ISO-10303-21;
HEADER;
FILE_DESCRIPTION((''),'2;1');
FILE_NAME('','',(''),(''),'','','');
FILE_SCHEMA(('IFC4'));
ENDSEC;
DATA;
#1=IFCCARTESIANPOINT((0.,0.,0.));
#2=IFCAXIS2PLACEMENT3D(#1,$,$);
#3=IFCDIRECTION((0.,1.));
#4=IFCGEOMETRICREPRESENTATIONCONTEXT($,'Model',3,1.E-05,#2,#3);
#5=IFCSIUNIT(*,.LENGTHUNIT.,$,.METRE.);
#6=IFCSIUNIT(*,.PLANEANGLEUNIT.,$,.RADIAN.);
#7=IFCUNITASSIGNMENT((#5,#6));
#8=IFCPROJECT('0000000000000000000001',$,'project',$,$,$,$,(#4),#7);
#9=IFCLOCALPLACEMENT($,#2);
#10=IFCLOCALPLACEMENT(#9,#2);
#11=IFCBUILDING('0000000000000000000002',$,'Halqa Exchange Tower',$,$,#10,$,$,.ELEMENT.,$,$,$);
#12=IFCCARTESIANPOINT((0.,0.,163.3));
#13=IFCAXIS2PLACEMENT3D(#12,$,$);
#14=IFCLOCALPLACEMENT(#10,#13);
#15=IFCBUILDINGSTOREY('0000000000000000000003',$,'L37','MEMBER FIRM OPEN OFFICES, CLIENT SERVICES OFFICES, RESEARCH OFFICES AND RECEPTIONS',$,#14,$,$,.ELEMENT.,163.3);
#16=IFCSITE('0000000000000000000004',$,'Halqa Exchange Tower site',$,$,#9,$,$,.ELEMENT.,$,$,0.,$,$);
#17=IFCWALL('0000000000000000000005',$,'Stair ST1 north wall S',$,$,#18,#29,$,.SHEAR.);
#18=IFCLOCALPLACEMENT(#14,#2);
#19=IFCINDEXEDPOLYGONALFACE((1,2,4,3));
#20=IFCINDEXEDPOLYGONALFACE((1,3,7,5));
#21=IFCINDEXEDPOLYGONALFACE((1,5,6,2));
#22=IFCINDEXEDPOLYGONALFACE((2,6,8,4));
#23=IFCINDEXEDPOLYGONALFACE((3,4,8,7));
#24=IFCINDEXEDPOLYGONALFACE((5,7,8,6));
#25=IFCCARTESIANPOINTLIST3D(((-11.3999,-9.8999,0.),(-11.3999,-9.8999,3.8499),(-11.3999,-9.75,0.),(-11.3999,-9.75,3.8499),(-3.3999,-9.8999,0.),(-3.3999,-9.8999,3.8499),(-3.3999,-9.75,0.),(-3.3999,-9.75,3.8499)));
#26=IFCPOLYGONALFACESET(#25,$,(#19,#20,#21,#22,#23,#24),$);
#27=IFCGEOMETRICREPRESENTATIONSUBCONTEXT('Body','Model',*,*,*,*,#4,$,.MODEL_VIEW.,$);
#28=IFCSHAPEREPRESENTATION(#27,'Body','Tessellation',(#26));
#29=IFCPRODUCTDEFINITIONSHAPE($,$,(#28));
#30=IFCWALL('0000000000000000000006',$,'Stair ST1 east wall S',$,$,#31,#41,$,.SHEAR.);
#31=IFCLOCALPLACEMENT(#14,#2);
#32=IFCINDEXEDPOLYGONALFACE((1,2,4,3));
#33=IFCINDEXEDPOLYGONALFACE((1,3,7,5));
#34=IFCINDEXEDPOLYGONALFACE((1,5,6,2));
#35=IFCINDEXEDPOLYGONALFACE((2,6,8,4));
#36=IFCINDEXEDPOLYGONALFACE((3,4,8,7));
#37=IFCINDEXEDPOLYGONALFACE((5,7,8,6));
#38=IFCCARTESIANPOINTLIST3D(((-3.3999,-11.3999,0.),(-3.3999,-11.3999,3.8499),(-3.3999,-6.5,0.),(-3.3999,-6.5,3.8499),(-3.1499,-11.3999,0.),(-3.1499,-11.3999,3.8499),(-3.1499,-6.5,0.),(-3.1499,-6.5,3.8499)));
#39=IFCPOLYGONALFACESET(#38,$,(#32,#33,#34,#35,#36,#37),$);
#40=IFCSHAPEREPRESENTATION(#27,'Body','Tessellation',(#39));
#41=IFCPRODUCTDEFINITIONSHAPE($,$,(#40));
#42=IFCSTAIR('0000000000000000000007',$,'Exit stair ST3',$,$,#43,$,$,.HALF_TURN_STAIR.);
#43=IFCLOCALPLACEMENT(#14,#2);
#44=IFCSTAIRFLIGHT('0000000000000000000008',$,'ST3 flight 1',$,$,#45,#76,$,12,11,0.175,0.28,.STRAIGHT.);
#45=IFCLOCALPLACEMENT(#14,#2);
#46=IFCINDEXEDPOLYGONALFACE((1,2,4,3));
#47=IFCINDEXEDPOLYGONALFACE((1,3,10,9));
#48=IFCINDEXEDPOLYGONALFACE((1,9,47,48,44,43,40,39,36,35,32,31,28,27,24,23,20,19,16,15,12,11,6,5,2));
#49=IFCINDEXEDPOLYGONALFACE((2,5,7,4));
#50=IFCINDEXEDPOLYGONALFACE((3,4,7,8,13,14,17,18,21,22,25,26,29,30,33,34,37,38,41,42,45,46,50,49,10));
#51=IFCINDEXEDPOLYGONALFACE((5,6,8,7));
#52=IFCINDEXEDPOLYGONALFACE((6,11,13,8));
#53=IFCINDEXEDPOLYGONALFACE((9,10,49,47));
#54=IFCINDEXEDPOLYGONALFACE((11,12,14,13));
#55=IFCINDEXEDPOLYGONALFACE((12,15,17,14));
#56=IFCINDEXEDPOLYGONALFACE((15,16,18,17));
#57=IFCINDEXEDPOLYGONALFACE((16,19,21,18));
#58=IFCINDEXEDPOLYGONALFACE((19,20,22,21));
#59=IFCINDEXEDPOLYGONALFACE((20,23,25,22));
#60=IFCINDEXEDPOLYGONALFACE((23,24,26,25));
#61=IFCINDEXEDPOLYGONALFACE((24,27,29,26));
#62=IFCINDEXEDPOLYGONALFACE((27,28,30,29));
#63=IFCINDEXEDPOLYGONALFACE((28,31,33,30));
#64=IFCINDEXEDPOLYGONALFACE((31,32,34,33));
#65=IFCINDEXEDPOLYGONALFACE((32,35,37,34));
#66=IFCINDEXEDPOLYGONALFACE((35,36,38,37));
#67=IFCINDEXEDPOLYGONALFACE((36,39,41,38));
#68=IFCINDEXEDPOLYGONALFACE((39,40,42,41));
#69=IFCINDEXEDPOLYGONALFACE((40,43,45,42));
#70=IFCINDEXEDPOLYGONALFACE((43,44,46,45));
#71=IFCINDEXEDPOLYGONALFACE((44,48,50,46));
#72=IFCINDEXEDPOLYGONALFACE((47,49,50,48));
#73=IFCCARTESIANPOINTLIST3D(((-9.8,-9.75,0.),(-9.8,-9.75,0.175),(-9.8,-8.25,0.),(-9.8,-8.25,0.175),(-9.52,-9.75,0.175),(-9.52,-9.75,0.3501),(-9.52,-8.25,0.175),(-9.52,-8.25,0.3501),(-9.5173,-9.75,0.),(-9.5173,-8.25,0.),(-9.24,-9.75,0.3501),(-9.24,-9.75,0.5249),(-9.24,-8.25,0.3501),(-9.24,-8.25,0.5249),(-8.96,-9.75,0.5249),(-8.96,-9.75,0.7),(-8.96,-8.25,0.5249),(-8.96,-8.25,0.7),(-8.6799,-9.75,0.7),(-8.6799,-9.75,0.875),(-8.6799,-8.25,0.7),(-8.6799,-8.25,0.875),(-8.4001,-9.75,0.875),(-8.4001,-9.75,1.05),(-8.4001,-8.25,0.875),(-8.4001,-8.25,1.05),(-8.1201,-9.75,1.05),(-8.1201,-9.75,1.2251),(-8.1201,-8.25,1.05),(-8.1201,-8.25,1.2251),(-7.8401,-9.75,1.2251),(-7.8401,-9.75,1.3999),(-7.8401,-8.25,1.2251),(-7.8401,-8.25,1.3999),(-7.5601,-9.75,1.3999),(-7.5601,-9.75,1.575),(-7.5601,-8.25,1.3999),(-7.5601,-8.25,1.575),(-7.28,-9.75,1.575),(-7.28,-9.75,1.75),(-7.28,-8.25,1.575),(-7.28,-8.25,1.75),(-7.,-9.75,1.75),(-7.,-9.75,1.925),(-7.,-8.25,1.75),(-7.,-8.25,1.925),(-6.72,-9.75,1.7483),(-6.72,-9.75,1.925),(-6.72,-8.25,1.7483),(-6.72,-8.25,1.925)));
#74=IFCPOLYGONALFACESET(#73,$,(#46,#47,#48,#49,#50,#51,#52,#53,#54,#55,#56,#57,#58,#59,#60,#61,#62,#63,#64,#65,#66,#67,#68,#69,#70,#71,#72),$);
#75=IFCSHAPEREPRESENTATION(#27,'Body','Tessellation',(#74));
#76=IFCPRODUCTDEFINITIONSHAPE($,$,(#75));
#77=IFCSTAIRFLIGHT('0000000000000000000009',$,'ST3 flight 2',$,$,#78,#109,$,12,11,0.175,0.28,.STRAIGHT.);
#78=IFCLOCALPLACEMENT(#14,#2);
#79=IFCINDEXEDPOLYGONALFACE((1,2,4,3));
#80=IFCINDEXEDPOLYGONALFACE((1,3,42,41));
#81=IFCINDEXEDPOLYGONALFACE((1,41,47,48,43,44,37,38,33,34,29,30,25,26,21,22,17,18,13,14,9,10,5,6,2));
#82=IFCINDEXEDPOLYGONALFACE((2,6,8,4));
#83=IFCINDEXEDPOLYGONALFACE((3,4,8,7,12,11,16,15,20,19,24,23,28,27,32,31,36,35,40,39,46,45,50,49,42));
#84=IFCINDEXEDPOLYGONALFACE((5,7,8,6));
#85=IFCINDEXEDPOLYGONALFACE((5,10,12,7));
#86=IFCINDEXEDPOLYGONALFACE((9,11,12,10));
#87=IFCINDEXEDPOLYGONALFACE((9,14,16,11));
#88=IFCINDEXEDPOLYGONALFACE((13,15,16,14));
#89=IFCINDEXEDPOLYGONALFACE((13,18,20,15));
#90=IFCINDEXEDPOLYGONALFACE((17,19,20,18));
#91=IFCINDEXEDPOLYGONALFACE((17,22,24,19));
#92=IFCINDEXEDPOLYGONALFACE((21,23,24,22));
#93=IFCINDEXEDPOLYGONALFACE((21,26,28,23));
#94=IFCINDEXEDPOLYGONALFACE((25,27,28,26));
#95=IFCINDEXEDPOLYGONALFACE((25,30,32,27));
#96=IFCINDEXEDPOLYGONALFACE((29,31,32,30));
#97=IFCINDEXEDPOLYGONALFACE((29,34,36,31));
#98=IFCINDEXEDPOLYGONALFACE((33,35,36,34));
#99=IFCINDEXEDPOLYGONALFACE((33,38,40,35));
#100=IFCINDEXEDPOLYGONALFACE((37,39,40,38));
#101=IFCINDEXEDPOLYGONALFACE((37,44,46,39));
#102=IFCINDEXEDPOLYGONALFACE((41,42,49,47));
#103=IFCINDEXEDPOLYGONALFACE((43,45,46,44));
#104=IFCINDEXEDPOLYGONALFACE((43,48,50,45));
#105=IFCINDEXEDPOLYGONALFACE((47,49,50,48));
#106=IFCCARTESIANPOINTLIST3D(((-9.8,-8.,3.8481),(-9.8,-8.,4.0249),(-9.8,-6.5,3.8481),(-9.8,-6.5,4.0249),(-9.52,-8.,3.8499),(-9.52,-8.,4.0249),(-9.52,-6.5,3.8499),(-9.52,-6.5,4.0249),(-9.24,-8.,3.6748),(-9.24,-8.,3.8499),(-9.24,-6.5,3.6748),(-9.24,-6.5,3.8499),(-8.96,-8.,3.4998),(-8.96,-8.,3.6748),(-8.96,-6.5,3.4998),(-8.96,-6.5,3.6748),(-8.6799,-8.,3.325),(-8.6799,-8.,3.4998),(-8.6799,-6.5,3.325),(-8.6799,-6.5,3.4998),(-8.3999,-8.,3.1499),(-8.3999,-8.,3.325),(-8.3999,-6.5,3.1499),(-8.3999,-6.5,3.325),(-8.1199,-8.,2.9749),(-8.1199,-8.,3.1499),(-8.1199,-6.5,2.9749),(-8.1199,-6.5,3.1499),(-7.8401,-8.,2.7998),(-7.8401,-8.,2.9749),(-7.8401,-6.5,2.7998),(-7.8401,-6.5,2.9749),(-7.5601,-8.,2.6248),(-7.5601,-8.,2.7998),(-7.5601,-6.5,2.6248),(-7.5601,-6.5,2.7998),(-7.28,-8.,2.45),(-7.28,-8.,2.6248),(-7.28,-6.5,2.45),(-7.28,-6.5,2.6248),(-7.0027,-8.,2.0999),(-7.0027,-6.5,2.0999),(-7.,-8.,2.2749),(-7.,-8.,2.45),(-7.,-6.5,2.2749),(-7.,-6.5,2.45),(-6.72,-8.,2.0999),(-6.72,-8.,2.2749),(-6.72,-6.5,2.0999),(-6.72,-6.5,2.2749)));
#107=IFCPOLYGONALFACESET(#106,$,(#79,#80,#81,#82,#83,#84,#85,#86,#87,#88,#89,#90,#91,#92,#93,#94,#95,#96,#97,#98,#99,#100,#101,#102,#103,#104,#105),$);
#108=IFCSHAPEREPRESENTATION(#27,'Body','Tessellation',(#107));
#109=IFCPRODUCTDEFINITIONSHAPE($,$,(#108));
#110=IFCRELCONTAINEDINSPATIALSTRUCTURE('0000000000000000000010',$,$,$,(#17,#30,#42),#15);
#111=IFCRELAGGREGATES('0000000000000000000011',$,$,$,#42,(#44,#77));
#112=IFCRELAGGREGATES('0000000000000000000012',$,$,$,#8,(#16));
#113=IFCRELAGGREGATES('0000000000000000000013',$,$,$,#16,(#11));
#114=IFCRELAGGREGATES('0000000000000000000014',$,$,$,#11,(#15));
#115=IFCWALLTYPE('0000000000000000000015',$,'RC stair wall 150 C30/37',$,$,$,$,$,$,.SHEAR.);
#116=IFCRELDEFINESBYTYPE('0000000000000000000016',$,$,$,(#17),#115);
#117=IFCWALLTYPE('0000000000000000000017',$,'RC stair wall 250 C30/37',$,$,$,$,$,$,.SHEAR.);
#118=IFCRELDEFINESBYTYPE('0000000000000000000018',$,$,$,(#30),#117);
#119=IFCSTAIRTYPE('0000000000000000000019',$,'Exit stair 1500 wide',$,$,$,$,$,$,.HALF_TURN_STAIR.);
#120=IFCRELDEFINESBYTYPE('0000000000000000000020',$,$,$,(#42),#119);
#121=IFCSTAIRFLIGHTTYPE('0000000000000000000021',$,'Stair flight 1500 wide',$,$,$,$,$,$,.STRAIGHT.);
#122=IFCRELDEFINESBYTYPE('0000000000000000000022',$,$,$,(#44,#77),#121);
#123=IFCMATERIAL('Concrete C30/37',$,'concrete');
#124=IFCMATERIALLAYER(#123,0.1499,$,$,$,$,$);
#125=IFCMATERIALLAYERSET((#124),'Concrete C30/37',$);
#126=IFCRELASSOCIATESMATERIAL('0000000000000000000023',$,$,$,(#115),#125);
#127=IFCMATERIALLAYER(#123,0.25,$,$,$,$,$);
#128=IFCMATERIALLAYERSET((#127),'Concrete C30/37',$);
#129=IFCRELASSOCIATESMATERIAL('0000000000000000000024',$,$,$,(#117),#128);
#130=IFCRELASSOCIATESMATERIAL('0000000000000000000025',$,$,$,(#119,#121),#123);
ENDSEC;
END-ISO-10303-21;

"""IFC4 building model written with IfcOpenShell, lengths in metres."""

from ifc_helpers import new_model, si_unit, direction, frame, frame_2d, origin, place, context, subcontext, project, spatial, polyline, rectangle, outline, extrude, material, layer, layer_set, type_object, element, aggregate, save


model = new_model("IFC4")

# Units and contexts
model_context = context("Model", 3, precision=1e-05, world=origin(), true_north=direction((0.0, 1.0)))
body_context = subcontext(model_context, "Body", "Model", "MODEL_VIEW")
ifc_project = project(units=[si_unit("LENGTHUNIT", "METRE"), si_unit("PLANEANGLEUNIT", "RADIAN")], contexts=[model_context])

# Site, building, storey
site_placement = place(None, origin())
site = spatial("IfcSite", under=ifc_project, at=site_placement, Name="Halqa Exchange Tower site", CompositionType="ELEMENT", RefElevation=0.0)
building_placement = place(site_placement, origin())
building = spatial("IfcBuilding", under=site, at=building_placement, Name="Halqa Exchange Tower", CompositionType="ELEMENT")
storey_placement = place(building_placement, frame((0.0, 0.0, 163.3)))
storey = spatial("IfcBuildingStorey", under=building, at=storey_placement, Name="L37", Description="MEMBER FIRM OPEN OFFICES, CLIENT SERVICES OFFICES, RESEARCH OFFICES AND RECEPTIONS", CompositionType="ELEMENT", Elevation=163.3)

# Walls
ifc_material_1 = material(Name="Concrete C30/37", Category="concrete")
ifc_layer_1 = layer(ifc_material_1, 0.1499)
ifc_layer_set_1 = layer_set([ifc_layer_1], Name="Concrete C30/37")
wall_type_1 = type_object("IfcWallType", Name="RC stair wall 150 C30/37", PredefinedType="SHEAR", material=ifc_layer_set_1)
wall_1_placement = place(storey_placement, frame((-11.3999, -9.825, 0.0), z_axis=(0.0, 0.0, 1.0), x_axis=(1.0, 0.0, 0.0)))
element("IfcWall", 1, at=wall_1_placement, inside=storey, type_object=wall_type_1, Name="Stair ST1 north wall S", PredefinedType="SHEAR", context=body_context, shape_type="SweptSolid", body=[
    extrude(rectangle(XDim=8.0, YDim=0.1499, at=frame_2d((4.0, 0.0))), origin(), (0.0, 0.0, 1.0), 3.8499),
])
ifc_layer_2 = layer(ifc_material_1, 0.25)
ifc_layer_set_2 = layer_set([ifc_layer_2], Name="Concrete C30/37")
wall_type_2 = type_object("IfcWallType", Name="RC stair wall 250 C30/37", PredefinedType="SHEAR", material=ifc_layer_set_2)
wall_2_placement = place(storey_placement, frame((-3.2749, -11.3999, 0.0), z_axis=(0.0, 0.0, 1.0), x_axis=(0.0, 1.0, 0.0)))
element("IfcWall", 2, at=wall_2_placement, inside=storey, type_object=wall_type_2, Name="Stair ST1 east wall S", PredefinedType="SHEAR", context=body_context, shape_type="SweptSolid", body=[
    extrude(rectangle(XDim=4.8999, YDim=0.25, at=frame_2d((2.45, 0.0))), origin(), (0.0, 0.0, 1.0), 3.8499),
])

# Stair, stair flights
stair_type = type_object("IfcStairType", Name="Exit stair 1500 wide", PredefinedType="HALF_TURN_STAIR", material=ifc_material_1)
stair_placement = place(storey_placement, origin())
stair = element("IfcStair", 3, at=stair_placement, inside=storey, type_object=stair_type, Name="Exit stair ST3", PredefinedType="HALF_TURN_STAIR")
stair_flight_type = type_object("IfcStairFlightType", Name="Stair flight 1500 wide", PredefinedType="STRAIGHT", material=ifc_material_1)
stair_flight_1_placement = place(storey_placement, frame((-9.8, -9.0, 0.0), z_axis=(0.0, 0.0, 1.0), x_axis=(1.0, 0.0, 0.0)))
stair_flight_1 = element("IfcStairFlight", 4, at=stair_flight_1_placement, type_object=stair_flight_type, Name="ST3 flight 1", NumberOfRisers=12, NumberOfTreads=11, PredefinedType="STRAIGHT", RiserHeight=0.175, TreadLength=0.28, context=body_context, shape_type="SweptSolid", body=[
    extrude(outline(polyline([(0.0, 0.0), (0.0, 0.175), (0.28, 0.175), (0.28, 0.3501), (0.5601, 0.3501), (0.5601, 0.5249), (0.8401, 0.5249), (0.8401, 0.7), (1.1201, 0.7), (1.1201, 0.875), (1.3999, 0.875), (1.3999, 1.05), (1.6799, 1.05), (1.6799, 1.2251), (1.96, 1.2251), (1.96, 1.3999), (2.24, 1.3999), (2.24, 1.575), (2.52, 1.575), (2.52, 1.75), (2.8, 1.75), (2.8, 1.925), (3.0801, 1.925), (3.0801, 2.1001), (3.0801, 1.7483), (0.2827, 0.0), (0.0, 0.0)])), frame((0.0, 0.75, 0.0), z_axis=(0.0, -1.0, 0.0), x_axis=(1.0, 0.0, 0.0)), (0.0, 0.0, 1.0), 1.5),
])
stair_flight_2_placement = place(storey_placement, frame((-6.72, -7.25, 2.0999), z_axis=(0.0, 0.0, 1.0), x_axis=(-1.0, 0.0, 0.0)))
stair_flight_2 = element("IfcStairFlight", 5, at=stair_flight_2_placement, type_object=stair_flight_type, Name="ST3 flight 2", NumberOfRisers=12, NumberOfTreads=11, PredefinedType="STRAIGHT", RiserHeight=0.175, TreadLength=0.28, context=body_context, shape_type="SweptSolid", body=[
    extrude(outline(polyline([(0.0, 0.0), (0.0, 0.175), (0.28, 0.175), (0.28, 0.3501), (0.5601, 0.3501), (0.5601, 0.5249), (0.8401, 0.5249), (0.8401, 0.7), (1.1201, 0.7), (1.1201, 0.875), (1.3999, 0.875), (1.3999, 1.05), (1.6799, 1.05), (1.6799, 1.2251), (1.96, 1.2251), (1.96, 1.3999), (2.24, 1.3999), (2.24, 1.575), (2.52, 1.575), (2.52, 1.75), (2.8, 1.75), (2.8, 1.925), (3.0801, 1.925), (3.0801, 2.1001), (3.0801, 1.7483), (0.2827, 0.0), (0.0, 0.0)])), frame((0.0, 0.75, 0.0), z_axis=(0.0, -1.0, 0.0), x_axis=(1.0, 0.0, 0.0)), (0.0, 0.0, 1.0), 1.5),
])
aggregate(stair, [stair_flight_1, stair_flight_2])

save(model, "model.ifc")
